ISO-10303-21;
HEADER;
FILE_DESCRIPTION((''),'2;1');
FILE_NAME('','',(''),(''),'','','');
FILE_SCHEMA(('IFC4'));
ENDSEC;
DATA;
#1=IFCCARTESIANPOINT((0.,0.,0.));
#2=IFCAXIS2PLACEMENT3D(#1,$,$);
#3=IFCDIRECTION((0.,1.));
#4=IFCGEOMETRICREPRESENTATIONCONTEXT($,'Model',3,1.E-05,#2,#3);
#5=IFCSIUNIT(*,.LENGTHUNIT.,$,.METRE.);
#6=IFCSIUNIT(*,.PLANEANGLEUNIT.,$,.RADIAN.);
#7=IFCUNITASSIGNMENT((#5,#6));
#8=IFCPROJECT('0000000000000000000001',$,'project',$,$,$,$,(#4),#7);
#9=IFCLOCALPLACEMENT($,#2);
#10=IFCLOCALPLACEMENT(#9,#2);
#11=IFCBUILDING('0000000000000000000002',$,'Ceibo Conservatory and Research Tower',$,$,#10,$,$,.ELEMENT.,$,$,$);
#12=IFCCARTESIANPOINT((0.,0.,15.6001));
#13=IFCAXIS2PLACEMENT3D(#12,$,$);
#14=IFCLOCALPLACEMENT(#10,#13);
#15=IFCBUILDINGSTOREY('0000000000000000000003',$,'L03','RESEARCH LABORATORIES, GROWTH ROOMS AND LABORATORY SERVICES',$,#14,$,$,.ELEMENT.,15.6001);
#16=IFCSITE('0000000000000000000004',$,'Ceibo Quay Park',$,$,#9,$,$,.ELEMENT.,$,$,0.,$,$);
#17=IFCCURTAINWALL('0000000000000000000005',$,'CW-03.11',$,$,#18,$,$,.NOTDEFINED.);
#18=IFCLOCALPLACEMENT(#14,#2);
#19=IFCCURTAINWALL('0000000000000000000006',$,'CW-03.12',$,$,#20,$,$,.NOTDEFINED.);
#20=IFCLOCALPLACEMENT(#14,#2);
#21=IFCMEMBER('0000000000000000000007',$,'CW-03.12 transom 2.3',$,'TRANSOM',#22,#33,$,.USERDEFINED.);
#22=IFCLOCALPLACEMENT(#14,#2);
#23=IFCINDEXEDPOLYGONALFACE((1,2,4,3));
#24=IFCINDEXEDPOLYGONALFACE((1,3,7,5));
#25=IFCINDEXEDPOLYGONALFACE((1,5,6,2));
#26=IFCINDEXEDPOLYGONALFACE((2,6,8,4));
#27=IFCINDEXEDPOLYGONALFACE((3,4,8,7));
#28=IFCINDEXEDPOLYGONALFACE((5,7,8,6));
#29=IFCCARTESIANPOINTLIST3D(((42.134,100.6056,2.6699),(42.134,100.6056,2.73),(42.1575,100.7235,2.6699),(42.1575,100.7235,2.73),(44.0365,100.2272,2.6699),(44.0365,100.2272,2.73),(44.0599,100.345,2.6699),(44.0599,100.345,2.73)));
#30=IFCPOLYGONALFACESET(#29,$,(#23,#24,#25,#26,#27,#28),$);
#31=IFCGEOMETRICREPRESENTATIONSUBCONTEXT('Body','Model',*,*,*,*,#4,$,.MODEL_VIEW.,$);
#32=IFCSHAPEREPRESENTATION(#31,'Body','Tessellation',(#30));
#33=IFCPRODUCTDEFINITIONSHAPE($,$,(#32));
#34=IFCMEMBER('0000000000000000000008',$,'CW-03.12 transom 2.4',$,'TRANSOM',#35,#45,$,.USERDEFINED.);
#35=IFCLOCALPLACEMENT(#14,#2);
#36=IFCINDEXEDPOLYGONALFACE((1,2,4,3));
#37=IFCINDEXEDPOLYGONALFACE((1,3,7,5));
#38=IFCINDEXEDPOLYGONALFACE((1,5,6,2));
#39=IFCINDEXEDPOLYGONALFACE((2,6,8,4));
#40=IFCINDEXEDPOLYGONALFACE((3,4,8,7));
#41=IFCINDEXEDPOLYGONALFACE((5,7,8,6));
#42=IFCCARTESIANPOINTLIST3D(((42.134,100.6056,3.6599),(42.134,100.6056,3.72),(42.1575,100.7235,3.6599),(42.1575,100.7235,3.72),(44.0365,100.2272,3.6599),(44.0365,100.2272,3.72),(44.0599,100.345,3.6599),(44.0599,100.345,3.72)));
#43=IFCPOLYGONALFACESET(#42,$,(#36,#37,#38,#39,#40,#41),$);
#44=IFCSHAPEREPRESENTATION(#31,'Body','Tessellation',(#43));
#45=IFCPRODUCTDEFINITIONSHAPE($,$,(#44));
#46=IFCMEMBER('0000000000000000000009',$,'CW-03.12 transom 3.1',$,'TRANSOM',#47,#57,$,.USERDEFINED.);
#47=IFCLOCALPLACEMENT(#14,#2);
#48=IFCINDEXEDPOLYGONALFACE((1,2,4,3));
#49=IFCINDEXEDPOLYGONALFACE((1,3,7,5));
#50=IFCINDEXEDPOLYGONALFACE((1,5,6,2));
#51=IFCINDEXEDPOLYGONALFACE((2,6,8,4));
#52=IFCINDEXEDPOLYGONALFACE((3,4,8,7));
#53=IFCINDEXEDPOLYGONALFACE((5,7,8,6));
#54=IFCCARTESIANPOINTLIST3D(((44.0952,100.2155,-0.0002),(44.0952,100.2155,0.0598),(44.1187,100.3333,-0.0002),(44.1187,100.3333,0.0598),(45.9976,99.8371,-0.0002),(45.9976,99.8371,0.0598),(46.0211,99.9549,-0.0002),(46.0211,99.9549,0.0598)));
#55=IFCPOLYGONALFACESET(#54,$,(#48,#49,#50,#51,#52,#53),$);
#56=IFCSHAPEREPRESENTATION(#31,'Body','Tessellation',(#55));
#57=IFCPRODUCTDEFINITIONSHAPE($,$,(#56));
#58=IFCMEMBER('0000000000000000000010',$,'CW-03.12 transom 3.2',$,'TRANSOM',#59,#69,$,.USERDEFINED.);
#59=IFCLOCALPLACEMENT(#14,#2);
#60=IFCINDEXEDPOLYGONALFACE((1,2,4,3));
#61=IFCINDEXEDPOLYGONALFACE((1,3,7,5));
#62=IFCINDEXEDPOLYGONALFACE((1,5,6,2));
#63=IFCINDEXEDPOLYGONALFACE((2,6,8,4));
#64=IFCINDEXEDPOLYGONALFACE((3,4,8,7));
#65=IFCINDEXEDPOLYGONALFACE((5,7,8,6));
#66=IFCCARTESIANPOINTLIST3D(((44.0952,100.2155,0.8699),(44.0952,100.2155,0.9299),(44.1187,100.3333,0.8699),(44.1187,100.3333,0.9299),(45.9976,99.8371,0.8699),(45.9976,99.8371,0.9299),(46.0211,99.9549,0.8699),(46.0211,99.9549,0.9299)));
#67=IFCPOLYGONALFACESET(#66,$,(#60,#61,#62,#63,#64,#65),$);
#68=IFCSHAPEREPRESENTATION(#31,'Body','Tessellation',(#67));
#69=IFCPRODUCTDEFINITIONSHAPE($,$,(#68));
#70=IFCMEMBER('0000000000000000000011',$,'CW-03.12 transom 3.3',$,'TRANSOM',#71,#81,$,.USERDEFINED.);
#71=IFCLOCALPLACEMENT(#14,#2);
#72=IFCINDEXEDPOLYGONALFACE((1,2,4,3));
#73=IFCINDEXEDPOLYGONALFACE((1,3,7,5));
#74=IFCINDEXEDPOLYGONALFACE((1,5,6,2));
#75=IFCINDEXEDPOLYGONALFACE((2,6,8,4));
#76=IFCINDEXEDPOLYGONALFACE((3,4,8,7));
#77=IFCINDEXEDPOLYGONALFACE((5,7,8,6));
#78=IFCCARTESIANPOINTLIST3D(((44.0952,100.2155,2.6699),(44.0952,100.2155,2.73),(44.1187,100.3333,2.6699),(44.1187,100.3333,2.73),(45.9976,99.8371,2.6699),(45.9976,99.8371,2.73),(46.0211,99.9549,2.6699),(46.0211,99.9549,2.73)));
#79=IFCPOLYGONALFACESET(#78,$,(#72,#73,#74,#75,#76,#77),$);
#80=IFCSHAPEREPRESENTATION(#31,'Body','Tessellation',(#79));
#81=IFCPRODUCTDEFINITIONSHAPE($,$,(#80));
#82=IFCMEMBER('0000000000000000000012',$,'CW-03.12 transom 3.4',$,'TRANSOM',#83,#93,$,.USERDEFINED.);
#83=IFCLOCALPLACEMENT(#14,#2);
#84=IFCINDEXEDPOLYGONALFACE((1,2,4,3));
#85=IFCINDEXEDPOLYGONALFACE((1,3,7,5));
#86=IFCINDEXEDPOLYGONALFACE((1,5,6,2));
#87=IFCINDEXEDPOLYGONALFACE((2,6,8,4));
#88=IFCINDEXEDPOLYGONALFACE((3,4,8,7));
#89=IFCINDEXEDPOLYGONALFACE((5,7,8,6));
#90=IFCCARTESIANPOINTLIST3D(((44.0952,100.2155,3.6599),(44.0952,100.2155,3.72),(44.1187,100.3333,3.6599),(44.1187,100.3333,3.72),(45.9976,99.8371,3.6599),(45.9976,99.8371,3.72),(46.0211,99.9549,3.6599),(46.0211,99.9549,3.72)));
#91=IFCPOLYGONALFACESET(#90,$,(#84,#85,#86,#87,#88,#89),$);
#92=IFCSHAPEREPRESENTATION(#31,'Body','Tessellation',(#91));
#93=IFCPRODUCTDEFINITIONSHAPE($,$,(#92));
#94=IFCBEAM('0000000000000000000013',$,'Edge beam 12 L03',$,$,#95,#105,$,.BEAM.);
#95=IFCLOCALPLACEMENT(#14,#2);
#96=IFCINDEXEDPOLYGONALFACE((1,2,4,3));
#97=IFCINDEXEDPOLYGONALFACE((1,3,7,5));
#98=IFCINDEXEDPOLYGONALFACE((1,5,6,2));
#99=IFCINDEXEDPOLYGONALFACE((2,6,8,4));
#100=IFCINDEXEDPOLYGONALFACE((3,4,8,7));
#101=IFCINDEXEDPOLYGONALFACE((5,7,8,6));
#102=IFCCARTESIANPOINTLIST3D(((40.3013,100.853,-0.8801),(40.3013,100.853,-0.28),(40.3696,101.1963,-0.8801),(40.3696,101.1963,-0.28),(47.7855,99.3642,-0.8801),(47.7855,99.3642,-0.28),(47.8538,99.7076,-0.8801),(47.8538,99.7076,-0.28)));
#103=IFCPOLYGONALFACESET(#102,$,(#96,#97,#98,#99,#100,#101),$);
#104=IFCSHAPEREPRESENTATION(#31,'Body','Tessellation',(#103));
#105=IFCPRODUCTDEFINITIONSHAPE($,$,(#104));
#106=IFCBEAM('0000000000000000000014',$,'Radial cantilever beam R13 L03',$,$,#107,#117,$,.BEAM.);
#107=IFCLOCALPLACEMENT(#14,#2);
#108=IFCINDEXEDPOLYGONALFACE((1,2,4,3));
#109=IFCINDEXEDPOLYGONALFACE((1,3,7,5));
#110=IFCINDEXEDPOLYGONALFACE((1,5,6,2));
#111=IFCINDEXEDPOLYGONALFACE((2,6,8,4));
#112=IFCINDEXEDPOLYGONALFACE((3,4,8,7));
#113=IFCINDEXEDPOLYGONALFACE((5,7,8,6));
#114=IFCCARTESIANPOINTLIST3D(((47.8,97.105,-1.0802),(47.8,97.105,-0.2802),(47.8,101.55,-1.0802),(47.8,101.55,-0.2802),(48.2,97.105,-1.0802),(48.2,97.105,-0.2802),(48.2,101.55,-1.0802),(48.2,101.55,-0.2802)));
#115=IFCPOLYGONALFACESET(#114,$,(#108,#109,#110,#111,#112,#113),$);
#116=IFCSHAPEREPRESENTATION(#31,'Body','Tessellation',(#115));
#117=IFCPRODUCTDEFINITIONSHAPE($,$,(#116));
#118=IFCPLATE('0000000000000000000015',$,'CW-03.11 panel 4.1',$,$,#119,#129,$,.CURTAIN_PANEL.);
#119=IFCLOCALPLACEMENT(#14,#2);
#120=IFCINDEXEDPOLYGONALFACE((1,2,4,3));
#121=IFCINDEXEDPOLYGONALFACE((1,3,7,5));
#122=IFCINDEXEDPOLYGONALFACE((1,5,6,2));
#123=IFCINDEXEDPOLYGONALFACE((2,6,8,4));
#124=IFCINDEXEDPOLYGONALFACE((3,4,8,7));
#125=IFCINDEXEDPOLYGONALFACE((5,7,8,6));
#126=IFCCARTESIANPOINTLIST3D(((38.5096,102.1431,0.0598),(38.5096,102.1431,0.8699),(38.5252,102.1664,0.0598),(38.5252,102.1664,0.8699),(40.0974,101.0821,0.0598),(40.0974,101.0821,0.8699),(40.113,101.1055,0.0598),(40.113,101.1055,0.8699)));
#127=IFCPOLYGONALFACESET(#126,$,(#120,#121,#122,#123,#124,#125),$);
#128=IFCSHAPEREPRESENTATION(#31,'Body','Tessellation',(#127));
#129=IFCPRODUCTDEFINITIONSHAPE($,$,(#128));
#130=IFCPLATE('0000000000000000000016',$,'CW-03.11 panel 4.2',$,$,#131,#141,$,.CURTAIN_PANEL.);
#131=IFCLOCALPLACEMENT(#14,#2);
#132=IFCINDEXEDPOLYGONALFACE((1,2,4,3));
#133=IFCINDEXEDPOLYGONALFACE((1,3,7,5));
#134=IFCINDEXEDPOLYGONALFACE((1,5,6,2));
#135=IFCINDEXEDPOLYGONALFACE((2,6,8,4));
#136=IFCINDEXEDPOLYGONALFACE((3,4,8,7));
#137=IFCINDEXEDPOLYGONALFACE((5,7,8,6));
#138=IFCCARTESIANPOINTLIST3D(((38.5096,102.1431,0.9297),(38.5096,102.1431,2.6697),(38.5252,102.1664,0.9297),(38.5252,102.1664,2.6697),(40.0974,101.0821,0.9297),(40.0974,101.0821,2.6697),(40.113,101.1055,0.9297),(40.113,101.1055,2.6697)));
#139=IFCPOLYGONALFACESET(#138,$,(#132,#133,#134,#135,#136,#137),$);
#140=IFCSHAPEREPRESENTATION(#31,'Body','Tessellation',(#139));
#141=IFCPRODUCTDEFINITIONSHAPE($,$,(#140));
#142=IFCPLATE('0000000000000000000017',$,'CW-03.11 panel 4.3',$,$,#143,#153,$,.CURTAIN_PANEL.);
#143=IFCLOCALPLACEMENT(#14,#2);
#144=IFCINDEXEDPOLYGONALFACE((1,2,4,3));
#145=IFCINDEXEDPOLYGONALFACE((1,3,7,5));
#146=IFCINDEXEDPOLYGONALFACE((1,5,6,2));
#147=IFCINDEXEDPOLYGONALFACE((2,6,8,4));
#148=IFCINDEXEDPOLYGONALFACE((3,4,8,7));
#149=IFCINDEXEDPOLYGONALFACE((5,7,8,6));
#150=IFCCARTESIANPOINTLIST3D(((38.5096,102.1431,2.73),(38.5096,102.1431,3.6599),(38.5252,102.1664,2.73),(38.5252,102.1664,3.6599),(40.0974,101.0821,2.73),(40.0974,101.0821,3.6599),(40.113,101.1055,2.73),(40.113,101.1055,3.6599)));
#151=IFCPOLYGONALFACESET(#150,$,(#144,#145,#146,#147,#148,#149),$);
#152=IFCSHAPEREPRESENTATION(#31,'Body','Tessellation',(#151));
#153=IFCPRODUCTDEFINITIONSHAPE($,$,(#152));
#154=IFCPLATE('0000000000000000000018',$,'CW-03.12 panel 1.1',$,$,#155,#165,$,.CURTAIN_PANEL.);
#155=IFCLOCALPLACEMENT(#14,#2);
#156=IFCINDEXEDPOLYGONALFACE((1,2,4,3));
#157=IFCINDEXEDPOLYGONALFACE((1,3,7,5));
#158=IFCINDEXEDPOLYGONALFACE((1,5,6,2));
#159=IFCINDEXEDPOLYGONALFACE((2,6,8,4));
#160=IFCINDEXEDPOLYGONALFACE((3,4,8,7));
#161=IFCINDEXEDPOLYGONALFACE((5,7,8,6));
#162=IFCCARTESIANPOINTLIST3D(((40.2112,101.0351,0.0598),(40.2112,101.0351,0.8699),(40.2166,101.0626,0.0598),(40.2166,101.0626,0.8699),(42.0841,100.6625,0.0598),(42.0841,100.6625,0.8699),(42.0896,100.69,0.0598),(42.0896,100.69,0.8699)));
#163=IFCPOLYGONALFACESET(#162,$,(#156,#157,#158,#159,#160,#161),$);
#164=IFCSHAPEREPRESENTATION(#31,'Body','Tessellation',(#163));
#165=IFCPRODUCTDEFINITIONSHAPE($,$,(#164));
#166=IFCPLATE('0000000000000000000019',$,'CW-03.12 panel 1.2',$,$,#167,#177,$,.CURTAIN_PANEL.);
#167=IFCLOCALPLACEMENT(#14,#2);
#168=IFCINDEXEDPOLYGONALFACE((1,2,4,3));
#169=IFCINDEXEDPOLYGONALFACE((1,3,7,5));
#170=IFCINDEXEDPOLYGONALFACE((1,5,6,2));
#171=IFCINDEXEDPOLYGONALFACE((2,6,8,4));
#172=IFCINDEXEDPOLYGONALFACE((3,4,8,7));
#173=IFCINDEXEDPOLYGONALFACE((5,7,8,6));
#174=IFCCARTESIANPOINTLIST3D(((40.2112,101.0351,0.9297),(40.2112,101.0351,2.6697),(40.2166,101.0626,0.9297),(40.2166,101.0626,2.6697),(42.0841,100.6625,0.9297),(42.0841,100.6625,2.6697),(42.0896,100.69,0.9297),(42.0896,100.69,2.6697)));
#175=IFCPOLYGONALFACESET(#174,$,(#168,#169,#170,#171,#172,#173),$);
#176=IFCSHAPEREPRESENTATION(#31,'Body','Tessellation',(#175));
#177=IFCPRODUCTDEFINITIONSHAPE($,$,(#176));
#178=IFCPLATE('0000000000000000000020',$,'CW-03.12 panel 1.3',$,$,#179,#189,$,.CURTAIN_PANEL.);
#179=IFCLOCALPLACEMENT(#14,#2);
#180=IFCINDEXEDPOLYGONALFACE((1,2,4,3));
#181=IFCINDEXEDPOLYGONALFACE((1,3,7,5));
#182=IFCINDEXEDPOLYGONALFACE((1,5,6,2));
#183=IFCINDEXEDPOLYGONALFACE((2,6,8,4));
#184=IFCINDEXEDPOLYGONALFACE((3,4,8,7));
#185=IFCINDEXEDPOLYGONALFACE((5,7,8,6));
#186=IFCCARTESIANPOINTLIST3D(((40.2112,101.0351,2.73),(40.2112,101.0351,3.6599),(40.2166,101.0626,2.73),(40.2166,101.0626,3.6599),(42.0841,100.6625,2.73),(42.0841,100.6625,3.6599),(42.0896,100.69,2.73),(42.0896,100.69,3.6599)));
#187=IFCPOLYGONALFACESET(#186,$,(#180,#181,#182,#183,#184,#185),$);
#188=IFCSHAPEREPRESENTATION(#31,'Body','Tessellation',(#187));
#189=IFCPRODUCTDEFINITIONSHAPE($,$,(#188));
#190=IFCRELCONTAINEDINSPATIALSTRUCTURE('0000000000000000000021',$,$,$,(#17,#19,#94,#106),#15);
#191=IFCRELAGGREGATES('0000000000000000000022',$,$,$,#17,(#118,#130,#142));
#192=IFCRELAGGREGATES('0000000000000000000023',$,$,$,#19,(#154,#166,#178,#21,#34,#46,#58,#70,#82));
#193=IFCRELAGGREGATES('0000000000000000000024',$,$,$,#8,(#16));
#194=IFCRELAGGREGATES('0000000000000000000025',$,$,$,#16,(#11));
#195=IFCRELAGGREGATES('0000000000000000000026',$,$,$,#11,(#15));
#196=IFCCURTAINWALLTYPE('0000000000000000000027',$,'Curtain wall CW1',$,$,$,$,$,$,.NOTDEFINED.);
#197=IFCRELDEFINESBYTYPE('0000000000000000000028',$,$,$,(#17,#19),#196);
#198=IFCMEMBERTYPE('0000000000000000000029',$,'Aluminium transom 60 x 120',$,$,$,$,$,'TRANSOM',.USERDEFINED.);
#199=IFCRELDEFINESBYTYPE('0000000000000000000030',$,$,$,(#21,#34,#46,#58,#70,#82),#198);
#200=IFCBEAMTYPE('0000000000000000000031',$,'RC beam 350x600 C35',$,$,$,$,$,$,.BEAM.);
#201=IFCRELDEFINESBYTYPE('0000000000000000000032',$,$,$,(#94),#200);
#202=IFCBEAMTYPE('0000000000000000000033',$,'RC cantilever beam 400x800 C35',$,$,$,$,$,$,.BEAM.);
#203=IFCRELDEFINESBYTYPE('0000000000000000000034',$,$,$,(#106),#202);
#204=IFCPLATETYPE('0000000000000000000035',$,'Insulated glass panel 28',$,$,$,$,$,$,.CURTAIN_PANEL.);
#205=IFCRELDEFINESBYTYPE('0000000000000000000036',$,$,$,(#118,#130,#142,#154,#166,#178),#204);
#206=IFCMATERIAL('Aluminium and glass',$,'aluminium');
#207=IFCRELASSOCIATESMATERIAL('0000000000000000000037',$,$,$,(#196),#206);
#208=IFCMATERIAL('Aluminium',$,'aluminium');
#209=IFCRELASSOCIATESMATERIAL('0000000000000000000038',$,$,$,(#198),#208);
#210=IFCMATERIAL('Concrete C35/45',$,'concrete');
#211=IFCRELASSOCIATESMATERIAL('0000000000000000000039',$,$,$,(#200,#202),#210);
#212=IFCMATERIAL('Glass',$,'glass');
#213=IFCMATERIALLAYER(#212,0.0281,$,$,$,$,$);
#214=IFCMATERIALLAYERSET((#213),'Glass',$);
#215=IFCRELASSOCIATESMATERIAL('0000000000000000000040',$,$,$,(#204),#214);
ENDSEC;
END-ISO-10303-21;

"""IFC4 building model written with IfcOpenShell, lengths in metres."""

from ifc_helpers import new_model, si_unit, direction, frame, origin, origin_2d, place, context, subcontext, project, spatial, rectangle, extrude, material, layer, layer_set, material_profile, profile_set, type_object, element, aggregate, save


model = new_model("IFC4")

# Units and contexts
model_context = context("Model", 3, precision=1e-05, world=origin(), true_north=direction((0.0, 1.0)))
body_context = subcontext(model_context, "Body", "Model", "MODEL_VIEW")
ifc_project = project(units=[si_unit("LENGTHUNIT", "METRE"), si_unit("PLANEANGLEUNIT", "RADIAN")], contexts=[model_context])

# Site, building, storey
site_placement = place(None, origin())
site = spatial("IfcSite", under=ifc_project, at=site_placement, Name="Ceibo Quay Park", CompositionType="ELEMENT", RefElevation=0.0)
building_placement = place(site_placement, origin())
building = spatial("IfcBuilding", under=site, at=building_placement, Name="Ceibo Conservatory and Research Tower", CompositionType="ELEMENT")
storey_placement = place(building_placement, frame((0.0, 0.0, 15.6001)))
storey = spatial("IfcBuildingStorey", under=building, at=storey_placement, Name="L03", Description="RESEARCH LABORATORIES, GROWTH ROOMS AND LABORATORY SERVICES", CompositionType="ELEMENT", Elevation=15.6001)

# Shared definitions
ifc_material_1 = material(Name="Concrete C35/45", Category="concrete")

# Curtain wall
ifc_material_2 = material(Name="Aluminium and glass", Category="aluminium")
curtain_wall_type = type_object("IfcCurtainWallType", Name="Curtain wall CW1", PredefinedType="NOTDEFINED", material=ifc_material_2)
curtain_wall_1_placement = place(storey_placement, origin())
curtain_wall_1 = element("IfcCurtainWall", 1, at=curtain_wall_1_placement, inside=storey, type_object=curtain_wall_type, Name="CW-03.11", PredefinedType="NOTDEFINED")
ifc_material_3 = material(Name="Aluminium", Category="aluminium")

# Curtain wall
curtain_wall_2_placement = place(storey_placement, origin())
curtain_wall_2 = element("IfcCurtainWall", 2, at=curtain_wall_2_placement, inside=storey, type_object=curtain_wall_type, Name="CW-03.12", PredefinedType="NOTDEFINED")

# Members
ifc_material_profile_1 = material_profile(ifc_material_3, rectangle(XDim=0.1201, YDim=0.0601, at=origin_2d()), Name="Aluminium 60 x 120")
ifc_profile_set_1 = profile_set([ifc_material_profile_1], Name="Aluminium")
member_type_1 = type_object("IfcMemberType", Name="Aluminium transom 60 x 120", ElementType="TRANSOM", PredefinedType="USERDEFINED", material=ifc_profile_set_1)
member_1_placement = place(storey_placement, frame((42.1458, 100.6646, 2.7), z_axis=(0.980783, -0.195099, 0.0), x_axis=(0.195099, 0.980783, 0.0)))
member_1 = element("IfcMember", 3, at=member_1_placement, type_object=member_type_1, Name="CW-03.12 transom 2.3", ObjectType="TRANSOM", PredefinedType="USERDEFINED", context=body_context, shape_type="SweptSolid", body=[
    extrude(rectangle(XDim=0.1201, YDim=0.0601, at=origin_2d()), origin(), (0.0, 0.0, 1.0), 1.9397),
])
member_2_placement = place(storey_placement, frame((42.1458, 100.6646, 3.6899), z_axis=(0.980783, -0.195099, 0.0), x_axis=(0.195099, 0.980783, 0.0)))
member_2 = element("IfcMember", 4, at=member_2_placement, type_object=member_type_1, Name="CW-03.12 transom 2.4", ObjectType="TRANSOM", PredefinedType="USERDEFINED", context=body_context, shape_type="SweptSolid", body=[
    extrude(rectangle(XDim=0.1201, YDim=0.0601, at=origin_2d()), origin(), (0.0, 0.0, 1.0), 1.9397),
])
member_3_placement = place(storey_placement, frame((44.1069, 100.2744, 0.0298), z_axis=(0.980783, -0.195099, 0.0), x_axis=(0.195099, 0.980783, 0.0)))
member_3 = element("IfcMember", 5, at=member_3_placement, type_object=member_type_1, Name="CW-03.12 transom 3.1", ObjectType="TRANSOM", PredefinedType="USERDEFINED", context=body_context, shape_type="SweptSolid", body=[
    extrude(rectangle(XDim=0.1201, YDim=0.0601, at=origin_2d()), origin(), (0.0, 0.0, 1.0), 1.9397),
])
member_4_placement = place(storey_placement, frame((44.1069, 100.2744, 0.8999), z_axis=(0.980783, -0.195099, 0.0), x_axis=(0.195099, 0.980783, 0.0)))
member_4 = element("IfcMember", 6, at=member_4_placement, type_object=member_type_1, Name="CW-03.12 transom 3.2", ObjectType="TRANSOM", PredefinedType="USERDEFINED", context=body_context, shape_type="SweptSolid", body=[
    extrude(rectangle(XDim=0.1201, YDim=0.0601, at=origin_2d()), origin(), (0.0, 0.0, 1.0), 1.9397),
])
member_5_placement = place(storey_placement, frame((44.1069, 100.2744, 2.7), z_axis=(0.980783, -0.195099, 0.0), x_axis=(0.195099, 0.980783, 0.0)))
member_5 = element("IfcMember", 7, at=member_5_placement, type_object=member_type_1, Name="CW-03.12 transom 3.3", ObjectType="TRANSOM", PredefinedType="USERDEFINED", context=body_context, shape_type="SweptSolid", body=[
    extrude(rectangle(XDim=0.1201, YDim=0.0601, at=origin_2d()), origin(), (0.0, 0.0, 1.0), 1.9397),
])
member_6_placement = place(storey_placement, frame((44.1069, 100.2744, 3.6899), z_axis=(0.980783, -0.195099, 0.0), x_axis=(0.195099, 0.980783, 0.0)))
member_6 = element("IfcMember", 8, at=member_6_placement, type_object=member_type_1, Name="CW-03.12 transom 3.4", ObjectType="TRANSOM", PredefinedType="USERDEFINED", context=body_context, shape_type="SweptSolid", body=[
    extrude(rectangle(XDim=0.1201, YDim=0.0601, at=origin_2d()), origin(), (0.0, 0.0, 1.0), 1.9397),
])

# Beams
ifc_material_profile_2 = material_profile(ifc_material_1, rectangle(XDim=0.3501, YDim=0.6001, at=origin_2d()), Name="RC 350x600")
ifc_profile_set_2 = profile_set([ifc_material_profile_2], Name="Concrete C35/45")
beam_type_1 = type_object("IfcBeamType", Name="RC beam 350x600 C35", PredefinedType="BEAM", material=ifc_profile_set_2)
beam_1_placement = place(storey_placement, frame((40.3354, 101.0247, -0.5801), z_axis=(0.980783, -0.195101, 0.0), x_axis=(0.195101, 0.980783, 0.0)))
element("IfcBeam", 9, at=beam_1_placement, inside=storey, type_object=beam_type_1, Name="Edge beam 12 L03", PredefinedType="BEAM", context=body_context, shape_type="SweptSolid", body=[
    extrude(rectangle(XDim=0.3501, YDim=0.6001, at=origin_2d()), origin(), (0.0, 0.0, 1.0), 7.6309),
])
ifc_material_profile_3 = material_profile(ifc_material_1, rectangle(XDim=0.3999, YDim=0.8, at=origin_2d()), Name="RC 400x800")
ifc_profile_set_3 = profile_set([ifc_material_profile_3], Name="Concrete C35/45")
beam_type_2 = type_object("IfcBeamType", Name="RC cantilever beam 400x800 C35", PredefinedType="BEAM", material=ifc_profile_set_3)
beam_2_placement = place(storey_placement, frame((48.0, 101.55, -0.6802), z_axis=(0.0, -1.0, 0.0), x_axis=(1.0, 0.0, 0.0)))
element("IfcBeam", 10, at=beam_2_placement, inside=storey, type_object=beam_type_2, Name="Radial cantilever beam R13 L03", PredefinedType="BEAM", context=body_context, shape_type="SweptSolid", body=[
    extrude(rectangle(XDim=0.3999, YDim=0.8, at=origin_2d()), origin(), (0.0, 0.0, 1.0), 4.4451),
])

# Plates
ifc_material_4 = material(Name="Glass", Category="glass")
ifc_layer = layer(ifc_material_4, 0.0281)
ifc_layer_set = layer_set([ifc_layer], Name="Glass")
plate_type = type_object("IfcPlateType", Name="Insulated glass panel 28", PredefinedType="CURTAIN_PANEL", material=ifc_layer_set)
plate_1_placement = place(storey_placement, frame((39.3113, 101.6243, 0.0598), z_axis=(0.0, 0.0, 1.0), x_axis=(0.83147, -0.55557, 0.0)))
plate_1 = element("IfcPlate", 11, at=plate_1_placement, type_object=plate_type, Name="CW-03.11 panel 4.1", PredefinedType="CURTAIN_PANEL", context=body_context, shape_type="SweptSolid", body=[
    extrude(rectangle(XDim=1.9097, YDim=0.0281, at=origin_2d()), origin(), (0.0, 0.0, 1.0), 0.8101),
])
plate_2_placement = place(storey_placement, frame((39.3113, 101.6243, 0.9297), z_axis=(0.0, 0.0, 1.0), x_axis=(0.83147, -0.55557, 0.0)))
plate_2 = element("IfcPlate", 12, at=plate_2_placement, type_object=plate_type, Name="CW-03.11 panel 4.2", PredefinedType="CURTAIN_PANEL", context=body_context, shape_type="SweptSolid", body=[
    extrude(rectangle(XDim=1.9097, YDim=0.0281, at=origin_2d()), origin(), (0.0, 0.0, 1.0), 1.74),
])
plate_3_placement = place(storey_placement, frame((39.3113, 101.6243, 2.73), z_axis=(0.0, 0.0, 1.0), x_axis=(0.83147, -0.55557, 0.0)))
plate_3 = element("IfcPlate", 13, at=plate_3_placement, type_object=plate_type, Name="CW-03.11 panel 4.3", PredefinedType="CURTAIN_PANEL", context=body_context, shape_type="SweptSolid", body=[
    extrude(rectangle(XDim=1.9097, YDim=0.0281, at=origin_2d()), origin(), (0.0, 0.0, 1.0), 0.9299),
])
aggregate(curtain_wall_1, [plate_1, plate_2, plate_3])
plate_4_placement = place(storey_placement, frame((41.1504, 100.8625, 0.0598), z_axis=(0.0, 0.0, 1.0), x_axis=(0.980785, -0.19509, 0.0)))
plate_4 = element("IfcPlate", 14, at=plate_4_placement, type_object=plate_type, Name="CW-03.12 panel 1.1", PredefinedType="CURTAIN_PANEL", context=body_context, shape_type="SweptSolid", body=[
    extrude(rectangle(XDim=1.9097, YDim=0.0281, at=origin_2d()), origin(), (0.0, 0.0, 1.0), 0.8101),
])
plate_5_placement = place(storey_placement, frame((41.1504, 100.8625, 0.9297), z_axis=(0.0, 0.0, 1.0), x_axis=(0.980785, -0.19509, 0.0)))
plate_5 = element("IfcPlate", 15, at=plate_5_placement, type_object=plate_type, Name="CW-03.12 panel 1.2", PredefinedType="CURTAIN_PANEL", context=body_context, shape_type="SweptSolid", body=[
    extrude(rectangle(XDim=1.9097, YDim=0.0281, at=origin_2d()), origin(), (0.0, 0.0, 1.0), 1.74),
])
plate_6_placement = place(storey_placement, frame((41.1504, 100.8625, 2.73), z_axis=(0.0, 0.0, 1.0), x_axis=(0.980785, -0.19509, 0.0)))
plate_6 = element("IfcPlate", 16, at=plate_6_placement, type_object=plate_type, Name="CW-03.12 panel 1.3", PredefinedType="CURTAIN_PANEL", context=body_context, shape_type="SweptSolid", body=[
    extrude(rectangle(XDim=1.9097, YDim=0.0281, at=origin_2d()), origin(), (0.0, 0.0, 1.0), 0.9299),
])
aggregate(curtain_wall_2, [plate_4, plate_5, plate_6, member_1, member_2, member_3, member_4, member_5, member_6])

save(model, "model.ifc")
